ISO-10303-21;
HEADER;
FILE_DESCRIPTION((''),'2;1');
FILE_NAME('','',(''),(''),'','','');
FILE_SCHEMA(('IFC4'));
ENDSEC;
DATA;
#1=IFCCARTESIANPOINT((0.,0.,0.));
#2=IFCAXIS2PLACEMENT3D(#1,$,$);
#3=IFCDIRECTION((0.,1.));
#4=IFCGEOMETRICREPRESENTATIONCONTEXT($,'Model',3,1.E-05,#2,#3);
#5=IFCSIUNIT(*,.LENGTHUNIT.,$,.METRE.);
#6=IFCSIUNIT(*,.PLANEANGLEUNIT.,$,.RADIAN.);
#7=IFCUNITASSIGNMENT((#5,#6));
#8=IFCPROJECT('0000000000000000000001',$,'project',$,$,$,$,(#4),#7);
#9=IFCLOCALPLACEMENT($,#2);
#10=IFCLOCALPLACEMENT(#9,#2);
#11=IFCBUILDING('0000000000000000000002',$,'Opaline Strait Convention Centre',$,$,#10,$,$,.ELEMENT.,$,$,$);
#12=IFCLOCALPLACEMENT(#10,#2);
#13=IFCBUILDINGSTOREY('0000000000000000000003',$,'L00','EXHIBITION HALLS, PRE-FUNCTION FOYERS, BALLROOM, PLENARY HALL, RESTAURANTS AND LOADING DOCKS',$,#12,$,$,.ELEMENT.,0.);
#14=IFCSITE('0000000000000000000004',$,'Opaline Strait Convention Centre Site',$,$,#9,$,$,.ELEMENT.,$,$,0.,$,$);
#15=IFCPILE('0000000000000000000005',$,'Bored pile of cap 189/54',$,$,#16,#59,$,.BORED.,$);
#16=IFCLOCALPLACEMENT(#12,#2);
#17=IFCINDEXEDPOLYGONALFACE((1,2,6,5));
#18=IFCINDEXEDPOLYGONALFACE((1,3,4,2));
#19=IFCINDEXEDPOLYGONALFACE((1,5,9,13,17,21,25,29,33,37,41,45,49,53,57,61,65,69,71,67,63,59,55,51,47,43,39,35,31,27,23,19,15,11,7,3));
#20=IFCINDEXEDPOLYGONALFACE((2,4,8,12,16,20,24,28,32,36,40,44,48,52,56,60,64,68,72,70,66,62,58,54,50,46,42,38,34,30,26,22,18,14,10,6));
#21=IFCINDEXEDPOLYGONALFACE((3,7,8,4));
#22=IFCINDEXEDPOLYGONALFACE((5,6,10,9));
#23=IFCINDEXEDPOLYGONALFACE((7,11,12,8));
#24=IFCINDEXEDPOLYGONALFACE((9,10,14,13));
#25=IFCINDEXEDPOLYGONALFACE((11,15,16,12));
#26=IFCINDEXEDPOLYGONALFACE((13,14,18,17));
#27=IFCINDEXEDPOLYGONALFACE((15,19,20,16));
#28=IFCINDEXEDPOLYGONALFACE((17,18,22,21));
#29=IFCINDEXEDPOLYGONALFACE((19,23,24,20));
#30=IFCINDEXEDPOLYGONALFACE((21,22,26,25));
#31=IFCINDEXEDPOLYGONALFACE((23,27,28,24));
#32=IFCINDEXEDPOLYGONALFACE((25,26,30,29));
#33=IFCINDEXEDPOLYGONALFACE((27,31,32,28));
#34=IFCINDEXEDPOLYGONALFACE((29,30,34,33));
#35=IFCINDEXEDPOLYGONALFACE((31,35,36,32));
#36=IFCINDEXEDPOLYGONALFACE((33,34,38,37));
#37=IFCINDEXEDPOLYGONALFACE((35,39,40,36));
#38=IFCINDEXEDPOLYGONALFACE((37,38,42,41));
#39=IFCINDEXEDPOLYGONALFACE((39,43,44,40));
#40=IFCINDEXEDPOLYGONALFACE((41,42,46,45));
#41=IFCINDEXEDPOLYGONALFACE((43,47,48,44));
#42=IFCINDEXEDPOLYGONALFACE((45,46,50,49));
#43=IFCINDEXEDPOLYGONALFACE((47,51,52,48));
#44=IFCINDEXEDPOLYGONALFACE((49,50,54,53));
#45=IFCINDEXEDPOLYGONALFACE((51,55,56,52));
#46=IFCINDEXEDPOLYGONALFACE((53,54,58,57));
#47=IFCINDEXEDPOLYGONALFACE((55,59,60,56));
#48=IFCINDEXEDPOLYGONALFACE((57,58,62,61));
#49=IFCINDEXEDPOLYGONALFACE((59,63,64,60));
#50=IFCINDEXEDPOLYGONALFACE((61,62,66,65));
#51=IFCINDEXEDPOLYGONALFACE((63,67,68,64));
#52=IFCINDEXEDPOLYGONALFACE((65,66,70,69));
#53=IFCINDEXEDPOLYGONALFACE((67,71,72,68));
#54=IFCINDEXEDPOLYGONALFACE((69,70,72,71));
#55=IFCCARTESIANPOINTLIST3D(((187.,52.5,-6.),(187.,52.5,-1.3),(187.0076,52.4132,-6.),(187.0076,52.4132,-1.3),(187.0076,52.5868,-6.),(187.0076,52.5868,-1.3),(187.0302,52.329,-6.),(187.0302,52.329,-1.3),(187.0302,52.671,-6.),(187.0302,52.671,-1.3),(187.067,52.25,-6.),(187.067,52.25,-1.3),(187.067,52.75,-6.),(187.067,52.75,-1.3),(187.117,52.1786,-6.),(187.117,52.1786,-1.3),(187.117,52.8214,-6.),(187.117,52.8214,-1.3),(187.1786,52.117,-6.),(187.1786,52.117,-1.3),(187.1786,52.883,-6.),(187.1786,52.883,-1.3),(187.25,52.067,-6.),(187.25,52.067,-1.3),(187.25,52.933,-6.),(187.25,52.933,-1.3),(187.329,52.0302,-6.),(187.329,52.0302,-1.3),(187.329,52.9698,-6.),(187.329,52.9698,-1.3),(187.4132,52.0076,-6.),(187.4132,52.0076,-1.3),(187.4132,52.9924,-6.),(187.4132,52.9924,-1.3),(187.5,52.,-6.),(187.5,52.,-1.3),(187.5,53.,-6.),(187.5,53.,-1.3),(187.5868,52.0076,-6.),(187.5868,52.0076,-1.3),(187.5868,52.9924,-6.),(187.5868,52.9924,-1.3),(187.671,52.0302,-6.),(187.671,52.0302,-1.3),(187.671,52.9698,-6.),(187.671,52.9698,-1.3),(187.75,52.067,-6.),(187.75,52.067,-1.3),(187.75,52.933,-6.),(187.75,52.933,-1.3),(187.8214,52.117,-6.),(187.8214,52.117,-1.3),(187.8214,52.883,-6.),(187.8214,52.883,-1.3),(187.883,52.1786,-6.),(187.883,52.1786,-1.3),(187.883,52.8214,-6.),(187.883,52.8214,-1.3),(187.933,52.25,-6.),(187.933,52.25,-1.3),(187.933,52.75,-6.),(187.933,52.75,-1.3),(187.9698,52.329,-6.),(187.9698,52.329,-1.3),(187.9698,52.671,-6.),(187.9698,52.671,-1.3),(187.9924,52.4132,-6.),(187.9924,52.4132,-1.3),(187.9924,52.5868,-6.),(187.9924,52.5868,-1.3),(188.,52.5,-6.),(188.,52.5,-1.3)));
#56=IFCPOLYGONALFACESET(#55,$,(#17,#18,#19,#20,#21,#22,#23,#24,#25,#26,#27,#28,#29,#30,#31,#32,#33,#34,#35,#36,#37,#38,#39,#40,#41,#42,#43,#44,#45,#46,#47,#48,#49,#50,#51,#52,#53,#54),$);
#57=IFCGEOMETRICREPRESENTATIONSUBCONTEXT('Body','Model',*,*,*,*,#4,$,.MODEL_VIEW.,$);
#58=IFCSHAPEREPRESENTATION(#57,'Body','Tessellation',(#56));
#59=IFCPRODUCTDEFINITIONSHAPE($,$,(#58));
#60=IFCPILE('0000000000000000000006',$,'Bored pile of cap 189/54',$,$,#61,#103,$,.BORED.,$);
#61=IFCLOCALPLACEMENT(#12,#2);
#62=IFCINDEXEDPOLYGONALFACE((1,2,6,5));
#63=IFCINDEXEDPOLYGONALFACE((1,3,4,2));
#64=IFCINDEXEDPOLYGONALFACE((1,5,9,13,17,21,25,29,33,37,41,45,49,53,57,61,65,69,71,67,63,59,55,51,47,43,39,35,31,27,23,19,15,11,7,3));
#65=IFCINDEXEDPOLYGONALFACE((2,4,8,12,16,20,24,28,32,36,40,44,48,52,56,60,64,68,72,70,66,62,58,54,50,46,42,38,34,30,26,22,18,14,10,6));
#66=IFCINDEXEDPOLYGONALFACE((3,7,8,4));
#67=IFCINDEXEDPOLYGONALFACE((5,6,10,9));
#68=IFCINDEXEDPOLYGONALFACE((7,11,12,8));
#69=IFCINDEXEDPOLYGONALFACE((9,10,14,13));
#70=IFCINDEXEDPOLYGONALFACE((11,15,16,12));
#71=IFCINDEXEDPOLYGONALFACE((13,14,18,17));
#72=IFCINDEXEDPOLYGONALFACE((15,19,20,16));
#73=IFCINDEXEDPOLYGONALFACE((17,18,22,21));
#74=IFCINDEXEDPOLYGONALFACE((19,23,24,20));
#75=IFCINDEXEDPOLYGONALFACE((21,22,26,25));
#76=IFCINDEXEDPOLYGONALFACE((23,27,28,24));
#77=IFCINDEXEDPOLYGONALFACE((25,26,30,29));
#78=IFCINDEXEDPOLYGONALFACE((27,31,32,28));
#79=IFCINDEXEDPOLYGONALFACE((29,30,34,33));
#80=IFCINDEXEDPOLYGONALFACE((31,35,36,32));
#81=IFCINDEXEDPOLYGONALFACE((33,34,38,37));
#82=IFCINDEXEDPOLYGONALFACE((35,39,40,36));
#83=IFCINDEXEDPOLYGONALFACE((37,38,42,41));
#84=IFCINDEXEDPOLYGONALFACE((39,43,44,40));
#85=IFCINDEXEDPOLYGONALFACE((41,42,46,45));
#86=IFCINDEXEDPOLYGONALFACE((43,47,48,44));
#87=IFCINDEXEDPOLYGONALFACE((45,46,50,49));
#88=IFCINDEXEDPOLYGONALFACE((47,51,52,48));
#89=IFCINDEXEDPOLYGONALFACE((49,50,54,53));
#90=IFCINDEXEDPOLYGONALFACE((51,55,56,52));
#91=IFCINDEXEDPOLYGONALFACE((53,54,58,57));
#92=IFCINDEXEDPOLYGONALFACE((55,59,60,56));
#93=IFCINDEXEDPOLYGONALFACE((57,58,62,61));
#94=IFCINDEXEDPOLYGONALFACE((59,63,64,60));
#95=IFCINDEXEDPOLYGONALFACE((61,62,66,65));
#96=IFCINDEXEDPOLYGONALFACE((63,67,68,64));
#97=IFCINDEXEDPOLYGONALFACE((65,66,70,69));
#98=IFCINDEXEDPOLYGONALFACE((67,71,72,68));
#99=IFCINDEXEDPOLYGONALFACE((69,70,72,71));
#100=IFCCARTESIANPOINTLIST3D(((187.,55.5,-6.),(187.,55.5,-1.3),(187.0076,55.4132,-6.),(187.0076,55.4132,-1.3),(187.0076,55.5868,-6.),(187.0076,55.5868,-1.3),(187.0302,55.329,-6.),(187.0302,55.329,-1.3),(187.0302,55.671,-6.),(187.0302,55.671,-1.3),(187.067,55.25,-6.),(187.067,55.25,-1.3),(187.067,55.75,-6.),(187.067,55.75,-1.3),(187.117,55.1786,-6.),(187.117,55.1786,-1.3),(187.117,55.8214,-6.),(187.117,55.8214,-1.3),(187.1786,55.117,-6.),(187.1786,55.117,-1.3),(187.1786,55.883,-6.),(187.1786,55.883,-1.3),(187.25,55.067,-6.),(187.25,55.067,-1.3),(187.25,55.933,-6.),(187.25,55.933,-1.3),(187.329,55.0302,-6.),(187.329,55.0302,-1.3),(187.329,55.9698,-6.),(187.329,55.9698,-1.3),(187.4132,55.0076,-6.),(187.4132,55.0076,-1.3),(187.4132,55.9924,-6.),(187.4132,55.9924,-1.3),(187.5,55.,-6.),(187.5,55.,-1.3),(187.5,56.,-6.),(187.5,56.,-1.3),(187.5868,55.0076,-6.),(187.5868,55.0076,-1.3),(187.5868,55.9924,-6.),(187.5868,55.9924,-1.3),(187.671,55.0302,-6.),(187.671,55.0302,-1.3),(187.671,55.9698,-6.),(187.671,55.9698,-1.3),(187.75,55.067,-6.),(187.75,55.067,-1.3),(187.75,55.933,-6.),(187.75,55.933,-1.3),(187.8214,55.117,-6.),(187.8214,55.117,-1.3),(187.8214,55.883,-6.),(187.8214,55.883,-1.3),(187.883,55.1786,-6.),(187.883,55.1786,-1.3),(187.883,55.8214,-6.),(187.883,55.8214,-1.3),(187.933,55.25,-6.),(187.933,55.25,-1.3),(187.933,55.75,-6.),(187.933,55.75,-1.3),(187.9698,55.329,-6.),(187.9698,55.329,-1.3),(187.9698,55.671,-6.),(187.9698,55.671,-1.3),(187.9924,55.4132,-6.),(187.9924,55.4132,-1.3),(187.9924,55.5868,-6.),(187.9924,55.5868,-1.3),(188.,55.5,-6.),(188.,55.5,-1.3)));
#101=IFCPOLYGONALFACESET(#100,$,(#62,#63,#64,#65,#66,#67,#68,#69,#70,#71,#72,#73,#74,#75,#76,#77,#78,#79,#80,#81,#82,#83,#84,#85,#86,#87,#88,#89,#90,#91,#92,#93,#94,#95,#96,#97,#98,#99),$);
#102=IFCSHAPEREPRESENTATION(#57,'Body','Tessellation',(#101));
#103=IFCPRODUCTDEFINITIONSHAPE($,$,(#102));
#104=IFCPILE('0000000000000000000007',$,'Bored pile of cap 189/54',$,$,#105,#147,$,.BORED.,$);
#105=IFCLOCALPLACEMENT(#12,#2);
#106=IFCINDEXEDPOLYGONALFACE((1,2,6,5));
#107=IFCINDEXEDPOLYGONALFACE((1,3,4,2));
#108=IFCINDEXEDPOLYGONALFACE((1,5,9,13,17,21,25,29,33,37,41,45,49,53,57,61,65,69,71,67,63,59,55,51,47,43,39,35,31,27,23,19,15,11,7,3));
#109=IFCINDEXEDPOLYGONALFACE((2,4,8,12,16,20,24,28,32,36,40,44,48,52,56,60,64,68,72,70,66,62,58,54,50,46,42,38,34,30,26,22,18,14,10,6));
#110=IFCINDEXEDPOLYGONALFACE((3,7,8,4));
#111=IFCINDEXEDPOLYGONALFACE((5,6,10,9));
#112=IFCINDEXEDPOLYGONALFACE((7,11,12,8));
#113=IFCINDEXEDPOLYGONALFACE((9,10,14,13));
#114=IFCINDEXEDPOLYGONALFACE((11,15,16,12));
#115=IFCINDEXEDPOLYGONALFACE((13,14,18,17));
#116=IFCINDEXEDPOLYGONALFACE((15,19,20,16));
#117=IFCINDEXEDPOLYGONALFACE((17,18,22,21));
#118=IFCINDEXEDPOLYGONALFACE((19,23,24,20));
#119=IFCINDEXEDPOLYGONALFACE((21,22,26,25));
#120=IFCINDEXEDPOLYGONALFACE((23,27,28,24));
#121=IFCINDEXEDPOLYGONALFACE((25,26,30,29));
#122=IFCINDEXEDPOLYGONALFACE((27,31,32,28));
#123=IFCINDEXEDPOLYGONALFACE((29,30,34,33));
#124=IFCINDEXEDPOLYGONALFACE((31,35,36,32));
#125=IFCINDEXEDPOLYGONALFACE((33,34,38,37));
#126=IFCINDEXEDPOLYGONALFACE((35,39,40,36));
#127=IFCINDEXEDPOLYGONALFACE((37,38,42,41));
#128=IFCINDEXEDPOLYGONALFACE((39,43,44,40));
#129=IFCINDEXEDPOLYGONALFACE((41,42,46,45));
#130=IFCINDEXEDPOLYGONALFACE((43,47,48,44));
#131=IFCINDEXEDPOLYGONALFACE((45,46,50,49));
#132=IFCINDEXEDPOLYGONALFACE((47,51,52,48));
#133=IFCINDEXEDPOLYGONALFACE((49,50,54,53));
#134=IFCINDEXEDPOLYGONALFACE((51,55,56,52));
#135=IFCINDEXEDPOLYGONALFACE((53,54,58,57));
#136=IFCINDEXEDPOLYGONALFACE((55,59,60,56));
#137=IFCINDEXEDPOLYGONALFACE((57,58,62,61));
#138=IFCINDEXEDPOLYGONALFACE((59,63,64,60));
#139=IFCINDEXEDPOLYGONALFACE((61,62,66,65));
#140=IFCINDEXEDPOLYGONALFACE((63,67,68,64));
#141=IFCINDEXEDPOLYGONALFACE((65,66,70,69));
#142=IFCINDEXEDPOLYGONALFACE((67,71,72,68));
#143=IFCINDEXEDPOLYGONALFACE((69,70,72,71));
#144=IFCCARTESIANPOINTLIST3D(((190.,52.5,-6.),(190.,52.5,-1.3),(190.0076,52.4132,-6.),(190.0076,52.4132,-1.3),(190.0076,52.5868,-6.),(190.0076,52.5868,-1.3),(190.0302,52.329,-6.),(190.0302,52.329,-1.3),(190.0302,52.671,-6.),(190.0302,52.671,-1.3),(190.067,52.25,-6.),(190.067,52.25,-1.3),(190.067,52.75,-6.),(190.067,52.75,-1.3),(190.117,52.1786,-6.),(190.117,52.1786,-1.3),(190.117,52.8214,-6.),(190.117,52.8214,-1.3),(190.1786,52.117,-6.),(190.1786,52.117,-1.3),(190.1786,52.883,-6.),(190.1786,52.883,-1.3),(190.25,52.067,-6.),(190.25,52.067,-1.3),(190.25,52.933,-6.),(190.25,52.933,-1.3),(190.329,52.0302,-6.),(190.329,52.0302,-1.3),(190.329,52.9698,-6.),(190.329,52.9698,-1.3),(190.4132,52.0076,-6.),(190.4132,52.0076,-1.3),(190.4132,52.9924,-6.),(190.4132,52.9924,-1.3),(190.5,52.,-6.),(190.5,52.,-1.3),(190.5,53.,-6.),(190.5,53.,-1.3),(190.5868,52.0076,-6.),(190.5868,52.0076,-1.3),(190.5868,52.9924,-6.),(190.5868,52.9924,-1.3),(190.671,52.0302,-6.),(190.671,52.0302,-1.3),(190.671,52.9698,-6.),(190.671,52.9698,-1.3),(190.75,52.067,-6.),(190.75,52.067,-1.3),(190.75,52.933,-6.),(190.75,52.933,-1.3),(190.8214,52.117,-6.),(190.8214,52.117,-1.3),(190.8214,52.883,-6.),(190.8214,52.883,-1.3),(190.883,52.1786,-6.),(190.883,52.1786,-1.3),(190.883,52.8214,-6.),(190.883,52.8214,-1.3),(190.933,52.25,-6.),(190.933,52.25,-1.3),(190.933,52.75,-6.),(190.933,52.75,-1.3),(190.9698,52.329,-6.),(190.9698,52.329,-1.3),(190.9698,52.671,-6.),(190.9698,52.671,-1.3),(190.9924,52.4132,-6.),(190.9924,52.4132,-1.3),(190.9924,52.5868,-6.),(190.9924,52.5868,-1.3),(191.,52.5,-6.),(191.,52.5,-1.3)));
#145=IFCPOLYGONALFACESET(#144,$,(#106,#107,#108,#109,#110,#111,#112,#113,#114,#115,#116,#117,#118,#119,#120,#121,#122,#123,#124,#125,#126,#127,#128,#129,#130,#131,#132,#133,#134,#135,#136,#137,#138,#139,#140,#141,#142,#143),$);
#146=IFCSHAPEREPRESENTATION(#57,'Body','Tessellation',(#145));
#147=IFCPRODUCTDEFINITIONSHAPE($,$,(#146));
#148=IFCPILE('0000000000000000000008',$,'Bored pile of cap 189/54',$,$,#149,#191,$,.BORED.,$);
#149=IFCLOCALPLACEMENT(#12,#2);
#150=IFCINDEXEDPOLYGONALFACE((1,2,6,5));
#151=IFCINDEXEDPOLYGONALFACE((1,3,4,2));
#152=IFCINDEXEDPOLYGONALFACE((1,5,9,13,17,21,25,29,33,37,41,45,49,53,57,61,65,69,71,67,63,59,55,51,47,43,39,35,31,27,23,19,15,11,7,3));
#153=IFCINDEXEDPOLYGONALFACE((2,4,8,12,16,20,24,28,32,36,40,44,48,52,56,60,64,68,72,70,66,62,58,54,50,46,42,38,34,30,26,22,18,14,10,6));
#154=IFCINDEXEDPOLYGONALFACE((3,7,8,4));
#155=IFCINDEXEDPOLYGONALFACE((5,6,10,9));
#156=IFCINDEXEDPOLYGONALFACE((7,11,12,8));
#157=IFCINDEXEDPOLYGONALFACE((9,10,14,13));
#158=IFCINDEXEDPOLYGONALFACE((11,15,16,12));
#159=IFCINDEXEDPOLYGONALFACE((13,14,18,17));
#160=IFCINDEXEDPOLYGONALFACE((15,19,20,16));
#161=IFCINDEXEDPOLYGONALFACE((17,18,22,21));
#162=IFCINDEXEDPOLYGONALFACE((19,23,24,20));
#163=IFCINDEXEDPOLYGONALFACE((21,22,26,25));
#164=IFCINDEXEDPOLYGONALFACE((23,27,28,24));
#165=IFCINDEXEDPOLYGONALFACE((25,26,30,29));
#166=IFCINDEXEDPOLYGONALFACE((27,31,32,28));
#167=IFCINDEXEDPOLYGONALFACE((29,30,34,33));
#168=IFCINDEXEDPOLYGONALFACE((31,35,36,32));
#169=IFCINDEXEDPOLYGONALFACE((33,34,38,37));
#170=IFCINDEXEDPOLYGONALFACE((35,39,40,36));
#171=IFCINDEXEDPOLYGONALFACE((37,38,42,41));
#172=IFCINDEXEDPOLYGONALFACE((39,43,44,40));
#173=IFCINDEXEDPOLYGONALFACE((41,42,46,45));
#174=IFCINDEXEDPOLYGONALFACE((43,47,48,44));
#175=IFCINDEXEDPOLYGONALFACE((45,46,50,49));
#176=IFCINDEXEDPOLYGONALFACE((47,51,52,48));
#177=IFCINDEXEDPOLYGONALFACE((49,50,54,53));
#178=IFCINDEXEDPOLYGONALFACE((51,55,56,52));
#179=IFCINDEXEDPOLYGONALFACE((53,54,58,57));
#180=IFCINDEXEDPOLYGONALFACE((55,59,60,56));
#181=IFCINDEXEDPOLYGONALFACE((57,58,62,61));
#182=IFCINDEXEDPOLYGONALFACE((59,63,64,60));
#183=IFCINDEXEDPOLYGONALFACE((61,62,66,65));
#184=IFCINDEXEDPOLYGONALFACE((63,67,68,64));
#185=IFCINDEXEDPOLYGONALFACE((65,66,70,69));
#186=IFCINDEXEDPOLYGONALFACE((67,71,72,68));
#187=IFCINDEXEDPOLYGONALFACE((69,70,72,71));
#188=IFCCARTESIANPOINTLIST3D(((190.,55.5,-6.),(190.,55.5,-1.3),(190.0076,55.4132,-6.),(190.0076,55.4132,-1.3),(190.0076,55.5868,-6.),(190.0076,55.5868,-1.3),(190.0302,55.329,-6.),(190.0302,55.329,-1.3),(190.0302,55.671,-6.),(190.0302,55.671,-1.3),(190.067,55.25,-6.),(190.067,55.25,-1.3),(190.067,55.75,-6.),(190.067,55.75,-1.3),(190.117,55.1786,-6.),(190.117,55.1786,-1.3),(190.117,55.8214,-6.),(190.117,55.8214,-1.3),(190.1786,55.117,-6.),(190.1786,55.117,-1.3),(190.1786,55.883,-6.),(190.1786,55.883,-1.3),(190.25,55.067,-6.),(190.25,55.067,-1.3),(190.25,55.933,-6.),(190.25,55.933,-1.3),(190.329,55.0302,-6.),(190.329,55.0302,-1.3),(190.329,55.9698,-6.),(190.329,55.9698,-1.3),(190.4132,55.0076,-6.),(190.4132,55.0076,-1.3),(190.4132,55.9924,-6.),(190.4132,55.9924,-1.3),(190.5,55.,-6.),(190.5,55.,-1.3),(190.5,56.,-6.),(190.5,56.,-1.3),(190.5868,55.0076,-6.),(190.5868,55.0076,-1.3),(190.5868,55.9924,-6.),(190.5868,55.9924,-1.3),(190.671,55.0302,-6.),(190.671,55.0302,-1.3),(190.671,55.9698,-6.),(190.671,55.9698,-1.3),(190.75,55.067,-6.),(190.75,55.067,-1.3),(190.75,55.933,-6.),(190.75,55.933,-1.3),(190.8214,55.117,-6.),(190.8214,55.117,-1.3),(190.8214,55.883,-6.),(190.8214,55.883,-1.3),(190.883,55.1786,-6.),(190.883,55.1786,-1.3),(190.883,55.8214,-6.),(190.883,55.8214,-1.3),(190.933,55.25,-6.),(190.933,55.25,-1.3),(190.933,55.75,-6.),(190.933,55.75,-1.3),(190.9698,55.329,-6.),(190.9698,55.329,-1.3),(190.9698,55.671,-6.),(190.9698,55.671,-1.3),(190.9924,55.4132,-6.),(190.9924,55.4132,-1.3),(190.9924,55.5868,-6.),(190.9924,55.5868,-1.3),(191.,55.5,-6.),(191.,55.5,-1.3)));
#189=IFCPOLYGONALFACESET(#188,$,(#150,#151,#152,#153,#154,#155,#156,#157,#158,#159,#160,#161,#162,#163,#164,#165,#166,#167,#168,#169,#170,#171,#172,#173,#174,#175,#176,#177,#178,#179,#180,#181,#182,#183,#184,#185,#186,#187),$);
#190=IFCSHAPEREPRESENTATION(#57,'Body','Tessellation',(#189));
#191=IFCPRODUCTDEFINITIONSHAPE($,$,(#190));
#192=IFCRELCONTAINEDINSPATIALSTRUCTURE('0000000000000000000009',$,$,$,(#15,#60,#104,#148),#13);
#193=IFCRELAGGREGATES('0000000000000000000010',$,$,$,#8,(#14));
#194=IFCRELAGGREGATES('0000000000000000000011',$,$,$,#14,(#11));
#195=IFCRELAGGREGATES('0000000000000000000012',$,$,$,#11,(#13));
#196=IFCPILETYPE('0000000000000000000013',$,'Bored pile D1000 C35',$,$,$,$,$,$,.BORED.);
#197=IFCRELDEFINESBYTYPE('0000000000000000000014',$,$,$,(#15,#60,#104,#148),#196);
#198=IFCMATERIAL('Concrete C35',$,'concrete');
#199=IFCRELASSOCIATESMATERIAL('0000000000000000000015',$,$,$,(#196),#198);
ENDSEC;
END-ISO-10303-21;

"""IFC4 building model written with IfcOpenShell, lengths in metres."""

from ifc_helpers import new_model, si_unit, direction, frame, origin, origin_2d, place, context, subcontext, project, spatial, circle, extrude, material, material_profile, profile_set, type_object, element, save


model = new_model("IFC4")

# Units and contexts
model_context = context("Model", 3, precision=1e-05, world=origin(), true_north=direction((0.0, 1.0)))
body_context = subcontext(model_context, "Body", "Model", "MODEL_VIEW")
ifc_project = project(units=[si_unit("LENGTHUNIT", "METRE"), si_unit("PLANEANGLEUNIT", "RADIAN")], contexts=[model_context])

# Site, building, storey
site_placement = place(None, origin())
site = spatial("IfcSite", under=ifc_project, at=site_placement, Name="Opaline Strait Convention Centre Site", CompositionType="ELEMENT", RefElevation=0.0)
building_placement = place(site_placement, origin())
building = spatial("IfcBuilding", under=site, at=building_placement, Name="Opaline Strait Convention Centre", CompositionType="ELEMENT")
storey_placement = place(building_placement, origin())
storey = spatial("IfcBuildingStorey", under=building, at=storey_placement, Name="L00", Description="EXHIBITION HALLS, PRE-FUNCTION FOYERS, BALLROOM, PLENARY HALL, RESTAURANTS AND LOADING DOCKS", CompositionType="ELEMENT", Elevation=0.0)

# Piles
ifc_material_1 = material(Name="Concrete C35", Category="concrete")
ifc_material_profile_1 = material_profile(ifc_material_1, circle(Radius=0.5, at=origin_2d()), Name="D1000")
ifc_profile_set_1 = profile_set([ifc_material_profile_1], Name="Concrete C35")
pile_type_1 = type_object("IfcPileType", Name="Bored pile D1000 C35", PredefinedType="BORED", material=ifc_profile_set_1)
for number, where, z_axis, x_axis, name in (
    (1, (187.5, 52.5, -1.3), (0.0, 0.0, -1.0), (1.0, 0.0, 0.0), "Bored pile of cap 189/54"),
    (2, (187.5, 55.5, -1.3), (0.0, 0.0, -1.0), (1.0, 0.0, 0.0), "Bored pile of cap 189/54"),
    (3, (190.5, 52.5, -1.3), (0.0, 0.0, -1.0), (1.0, 0.0, 0.0), "Bored pile of cap 189/54"),
    (4, (190.5, 55.5, -1.3), (0.0, 0.0, -1.0), (1.0, 0.0, 0.0), "Bored pile of cap 189/54"),
):
    element("IfcPile", number, at=place(storey_placement, frame(where, z_axis=z_axis, x_axis=x_axis)), inside=storey, type_object=pile_type_1, Name=name, PredefinedType="BORED", context=body_context, shape_type="SweptSolid", body=[
        extrude(circle(Radius=0.5, at=origin_2d()), origin(), (0.0, 0.0, 1.0), 4.7),
    ])

save(model, "model.ifc")
